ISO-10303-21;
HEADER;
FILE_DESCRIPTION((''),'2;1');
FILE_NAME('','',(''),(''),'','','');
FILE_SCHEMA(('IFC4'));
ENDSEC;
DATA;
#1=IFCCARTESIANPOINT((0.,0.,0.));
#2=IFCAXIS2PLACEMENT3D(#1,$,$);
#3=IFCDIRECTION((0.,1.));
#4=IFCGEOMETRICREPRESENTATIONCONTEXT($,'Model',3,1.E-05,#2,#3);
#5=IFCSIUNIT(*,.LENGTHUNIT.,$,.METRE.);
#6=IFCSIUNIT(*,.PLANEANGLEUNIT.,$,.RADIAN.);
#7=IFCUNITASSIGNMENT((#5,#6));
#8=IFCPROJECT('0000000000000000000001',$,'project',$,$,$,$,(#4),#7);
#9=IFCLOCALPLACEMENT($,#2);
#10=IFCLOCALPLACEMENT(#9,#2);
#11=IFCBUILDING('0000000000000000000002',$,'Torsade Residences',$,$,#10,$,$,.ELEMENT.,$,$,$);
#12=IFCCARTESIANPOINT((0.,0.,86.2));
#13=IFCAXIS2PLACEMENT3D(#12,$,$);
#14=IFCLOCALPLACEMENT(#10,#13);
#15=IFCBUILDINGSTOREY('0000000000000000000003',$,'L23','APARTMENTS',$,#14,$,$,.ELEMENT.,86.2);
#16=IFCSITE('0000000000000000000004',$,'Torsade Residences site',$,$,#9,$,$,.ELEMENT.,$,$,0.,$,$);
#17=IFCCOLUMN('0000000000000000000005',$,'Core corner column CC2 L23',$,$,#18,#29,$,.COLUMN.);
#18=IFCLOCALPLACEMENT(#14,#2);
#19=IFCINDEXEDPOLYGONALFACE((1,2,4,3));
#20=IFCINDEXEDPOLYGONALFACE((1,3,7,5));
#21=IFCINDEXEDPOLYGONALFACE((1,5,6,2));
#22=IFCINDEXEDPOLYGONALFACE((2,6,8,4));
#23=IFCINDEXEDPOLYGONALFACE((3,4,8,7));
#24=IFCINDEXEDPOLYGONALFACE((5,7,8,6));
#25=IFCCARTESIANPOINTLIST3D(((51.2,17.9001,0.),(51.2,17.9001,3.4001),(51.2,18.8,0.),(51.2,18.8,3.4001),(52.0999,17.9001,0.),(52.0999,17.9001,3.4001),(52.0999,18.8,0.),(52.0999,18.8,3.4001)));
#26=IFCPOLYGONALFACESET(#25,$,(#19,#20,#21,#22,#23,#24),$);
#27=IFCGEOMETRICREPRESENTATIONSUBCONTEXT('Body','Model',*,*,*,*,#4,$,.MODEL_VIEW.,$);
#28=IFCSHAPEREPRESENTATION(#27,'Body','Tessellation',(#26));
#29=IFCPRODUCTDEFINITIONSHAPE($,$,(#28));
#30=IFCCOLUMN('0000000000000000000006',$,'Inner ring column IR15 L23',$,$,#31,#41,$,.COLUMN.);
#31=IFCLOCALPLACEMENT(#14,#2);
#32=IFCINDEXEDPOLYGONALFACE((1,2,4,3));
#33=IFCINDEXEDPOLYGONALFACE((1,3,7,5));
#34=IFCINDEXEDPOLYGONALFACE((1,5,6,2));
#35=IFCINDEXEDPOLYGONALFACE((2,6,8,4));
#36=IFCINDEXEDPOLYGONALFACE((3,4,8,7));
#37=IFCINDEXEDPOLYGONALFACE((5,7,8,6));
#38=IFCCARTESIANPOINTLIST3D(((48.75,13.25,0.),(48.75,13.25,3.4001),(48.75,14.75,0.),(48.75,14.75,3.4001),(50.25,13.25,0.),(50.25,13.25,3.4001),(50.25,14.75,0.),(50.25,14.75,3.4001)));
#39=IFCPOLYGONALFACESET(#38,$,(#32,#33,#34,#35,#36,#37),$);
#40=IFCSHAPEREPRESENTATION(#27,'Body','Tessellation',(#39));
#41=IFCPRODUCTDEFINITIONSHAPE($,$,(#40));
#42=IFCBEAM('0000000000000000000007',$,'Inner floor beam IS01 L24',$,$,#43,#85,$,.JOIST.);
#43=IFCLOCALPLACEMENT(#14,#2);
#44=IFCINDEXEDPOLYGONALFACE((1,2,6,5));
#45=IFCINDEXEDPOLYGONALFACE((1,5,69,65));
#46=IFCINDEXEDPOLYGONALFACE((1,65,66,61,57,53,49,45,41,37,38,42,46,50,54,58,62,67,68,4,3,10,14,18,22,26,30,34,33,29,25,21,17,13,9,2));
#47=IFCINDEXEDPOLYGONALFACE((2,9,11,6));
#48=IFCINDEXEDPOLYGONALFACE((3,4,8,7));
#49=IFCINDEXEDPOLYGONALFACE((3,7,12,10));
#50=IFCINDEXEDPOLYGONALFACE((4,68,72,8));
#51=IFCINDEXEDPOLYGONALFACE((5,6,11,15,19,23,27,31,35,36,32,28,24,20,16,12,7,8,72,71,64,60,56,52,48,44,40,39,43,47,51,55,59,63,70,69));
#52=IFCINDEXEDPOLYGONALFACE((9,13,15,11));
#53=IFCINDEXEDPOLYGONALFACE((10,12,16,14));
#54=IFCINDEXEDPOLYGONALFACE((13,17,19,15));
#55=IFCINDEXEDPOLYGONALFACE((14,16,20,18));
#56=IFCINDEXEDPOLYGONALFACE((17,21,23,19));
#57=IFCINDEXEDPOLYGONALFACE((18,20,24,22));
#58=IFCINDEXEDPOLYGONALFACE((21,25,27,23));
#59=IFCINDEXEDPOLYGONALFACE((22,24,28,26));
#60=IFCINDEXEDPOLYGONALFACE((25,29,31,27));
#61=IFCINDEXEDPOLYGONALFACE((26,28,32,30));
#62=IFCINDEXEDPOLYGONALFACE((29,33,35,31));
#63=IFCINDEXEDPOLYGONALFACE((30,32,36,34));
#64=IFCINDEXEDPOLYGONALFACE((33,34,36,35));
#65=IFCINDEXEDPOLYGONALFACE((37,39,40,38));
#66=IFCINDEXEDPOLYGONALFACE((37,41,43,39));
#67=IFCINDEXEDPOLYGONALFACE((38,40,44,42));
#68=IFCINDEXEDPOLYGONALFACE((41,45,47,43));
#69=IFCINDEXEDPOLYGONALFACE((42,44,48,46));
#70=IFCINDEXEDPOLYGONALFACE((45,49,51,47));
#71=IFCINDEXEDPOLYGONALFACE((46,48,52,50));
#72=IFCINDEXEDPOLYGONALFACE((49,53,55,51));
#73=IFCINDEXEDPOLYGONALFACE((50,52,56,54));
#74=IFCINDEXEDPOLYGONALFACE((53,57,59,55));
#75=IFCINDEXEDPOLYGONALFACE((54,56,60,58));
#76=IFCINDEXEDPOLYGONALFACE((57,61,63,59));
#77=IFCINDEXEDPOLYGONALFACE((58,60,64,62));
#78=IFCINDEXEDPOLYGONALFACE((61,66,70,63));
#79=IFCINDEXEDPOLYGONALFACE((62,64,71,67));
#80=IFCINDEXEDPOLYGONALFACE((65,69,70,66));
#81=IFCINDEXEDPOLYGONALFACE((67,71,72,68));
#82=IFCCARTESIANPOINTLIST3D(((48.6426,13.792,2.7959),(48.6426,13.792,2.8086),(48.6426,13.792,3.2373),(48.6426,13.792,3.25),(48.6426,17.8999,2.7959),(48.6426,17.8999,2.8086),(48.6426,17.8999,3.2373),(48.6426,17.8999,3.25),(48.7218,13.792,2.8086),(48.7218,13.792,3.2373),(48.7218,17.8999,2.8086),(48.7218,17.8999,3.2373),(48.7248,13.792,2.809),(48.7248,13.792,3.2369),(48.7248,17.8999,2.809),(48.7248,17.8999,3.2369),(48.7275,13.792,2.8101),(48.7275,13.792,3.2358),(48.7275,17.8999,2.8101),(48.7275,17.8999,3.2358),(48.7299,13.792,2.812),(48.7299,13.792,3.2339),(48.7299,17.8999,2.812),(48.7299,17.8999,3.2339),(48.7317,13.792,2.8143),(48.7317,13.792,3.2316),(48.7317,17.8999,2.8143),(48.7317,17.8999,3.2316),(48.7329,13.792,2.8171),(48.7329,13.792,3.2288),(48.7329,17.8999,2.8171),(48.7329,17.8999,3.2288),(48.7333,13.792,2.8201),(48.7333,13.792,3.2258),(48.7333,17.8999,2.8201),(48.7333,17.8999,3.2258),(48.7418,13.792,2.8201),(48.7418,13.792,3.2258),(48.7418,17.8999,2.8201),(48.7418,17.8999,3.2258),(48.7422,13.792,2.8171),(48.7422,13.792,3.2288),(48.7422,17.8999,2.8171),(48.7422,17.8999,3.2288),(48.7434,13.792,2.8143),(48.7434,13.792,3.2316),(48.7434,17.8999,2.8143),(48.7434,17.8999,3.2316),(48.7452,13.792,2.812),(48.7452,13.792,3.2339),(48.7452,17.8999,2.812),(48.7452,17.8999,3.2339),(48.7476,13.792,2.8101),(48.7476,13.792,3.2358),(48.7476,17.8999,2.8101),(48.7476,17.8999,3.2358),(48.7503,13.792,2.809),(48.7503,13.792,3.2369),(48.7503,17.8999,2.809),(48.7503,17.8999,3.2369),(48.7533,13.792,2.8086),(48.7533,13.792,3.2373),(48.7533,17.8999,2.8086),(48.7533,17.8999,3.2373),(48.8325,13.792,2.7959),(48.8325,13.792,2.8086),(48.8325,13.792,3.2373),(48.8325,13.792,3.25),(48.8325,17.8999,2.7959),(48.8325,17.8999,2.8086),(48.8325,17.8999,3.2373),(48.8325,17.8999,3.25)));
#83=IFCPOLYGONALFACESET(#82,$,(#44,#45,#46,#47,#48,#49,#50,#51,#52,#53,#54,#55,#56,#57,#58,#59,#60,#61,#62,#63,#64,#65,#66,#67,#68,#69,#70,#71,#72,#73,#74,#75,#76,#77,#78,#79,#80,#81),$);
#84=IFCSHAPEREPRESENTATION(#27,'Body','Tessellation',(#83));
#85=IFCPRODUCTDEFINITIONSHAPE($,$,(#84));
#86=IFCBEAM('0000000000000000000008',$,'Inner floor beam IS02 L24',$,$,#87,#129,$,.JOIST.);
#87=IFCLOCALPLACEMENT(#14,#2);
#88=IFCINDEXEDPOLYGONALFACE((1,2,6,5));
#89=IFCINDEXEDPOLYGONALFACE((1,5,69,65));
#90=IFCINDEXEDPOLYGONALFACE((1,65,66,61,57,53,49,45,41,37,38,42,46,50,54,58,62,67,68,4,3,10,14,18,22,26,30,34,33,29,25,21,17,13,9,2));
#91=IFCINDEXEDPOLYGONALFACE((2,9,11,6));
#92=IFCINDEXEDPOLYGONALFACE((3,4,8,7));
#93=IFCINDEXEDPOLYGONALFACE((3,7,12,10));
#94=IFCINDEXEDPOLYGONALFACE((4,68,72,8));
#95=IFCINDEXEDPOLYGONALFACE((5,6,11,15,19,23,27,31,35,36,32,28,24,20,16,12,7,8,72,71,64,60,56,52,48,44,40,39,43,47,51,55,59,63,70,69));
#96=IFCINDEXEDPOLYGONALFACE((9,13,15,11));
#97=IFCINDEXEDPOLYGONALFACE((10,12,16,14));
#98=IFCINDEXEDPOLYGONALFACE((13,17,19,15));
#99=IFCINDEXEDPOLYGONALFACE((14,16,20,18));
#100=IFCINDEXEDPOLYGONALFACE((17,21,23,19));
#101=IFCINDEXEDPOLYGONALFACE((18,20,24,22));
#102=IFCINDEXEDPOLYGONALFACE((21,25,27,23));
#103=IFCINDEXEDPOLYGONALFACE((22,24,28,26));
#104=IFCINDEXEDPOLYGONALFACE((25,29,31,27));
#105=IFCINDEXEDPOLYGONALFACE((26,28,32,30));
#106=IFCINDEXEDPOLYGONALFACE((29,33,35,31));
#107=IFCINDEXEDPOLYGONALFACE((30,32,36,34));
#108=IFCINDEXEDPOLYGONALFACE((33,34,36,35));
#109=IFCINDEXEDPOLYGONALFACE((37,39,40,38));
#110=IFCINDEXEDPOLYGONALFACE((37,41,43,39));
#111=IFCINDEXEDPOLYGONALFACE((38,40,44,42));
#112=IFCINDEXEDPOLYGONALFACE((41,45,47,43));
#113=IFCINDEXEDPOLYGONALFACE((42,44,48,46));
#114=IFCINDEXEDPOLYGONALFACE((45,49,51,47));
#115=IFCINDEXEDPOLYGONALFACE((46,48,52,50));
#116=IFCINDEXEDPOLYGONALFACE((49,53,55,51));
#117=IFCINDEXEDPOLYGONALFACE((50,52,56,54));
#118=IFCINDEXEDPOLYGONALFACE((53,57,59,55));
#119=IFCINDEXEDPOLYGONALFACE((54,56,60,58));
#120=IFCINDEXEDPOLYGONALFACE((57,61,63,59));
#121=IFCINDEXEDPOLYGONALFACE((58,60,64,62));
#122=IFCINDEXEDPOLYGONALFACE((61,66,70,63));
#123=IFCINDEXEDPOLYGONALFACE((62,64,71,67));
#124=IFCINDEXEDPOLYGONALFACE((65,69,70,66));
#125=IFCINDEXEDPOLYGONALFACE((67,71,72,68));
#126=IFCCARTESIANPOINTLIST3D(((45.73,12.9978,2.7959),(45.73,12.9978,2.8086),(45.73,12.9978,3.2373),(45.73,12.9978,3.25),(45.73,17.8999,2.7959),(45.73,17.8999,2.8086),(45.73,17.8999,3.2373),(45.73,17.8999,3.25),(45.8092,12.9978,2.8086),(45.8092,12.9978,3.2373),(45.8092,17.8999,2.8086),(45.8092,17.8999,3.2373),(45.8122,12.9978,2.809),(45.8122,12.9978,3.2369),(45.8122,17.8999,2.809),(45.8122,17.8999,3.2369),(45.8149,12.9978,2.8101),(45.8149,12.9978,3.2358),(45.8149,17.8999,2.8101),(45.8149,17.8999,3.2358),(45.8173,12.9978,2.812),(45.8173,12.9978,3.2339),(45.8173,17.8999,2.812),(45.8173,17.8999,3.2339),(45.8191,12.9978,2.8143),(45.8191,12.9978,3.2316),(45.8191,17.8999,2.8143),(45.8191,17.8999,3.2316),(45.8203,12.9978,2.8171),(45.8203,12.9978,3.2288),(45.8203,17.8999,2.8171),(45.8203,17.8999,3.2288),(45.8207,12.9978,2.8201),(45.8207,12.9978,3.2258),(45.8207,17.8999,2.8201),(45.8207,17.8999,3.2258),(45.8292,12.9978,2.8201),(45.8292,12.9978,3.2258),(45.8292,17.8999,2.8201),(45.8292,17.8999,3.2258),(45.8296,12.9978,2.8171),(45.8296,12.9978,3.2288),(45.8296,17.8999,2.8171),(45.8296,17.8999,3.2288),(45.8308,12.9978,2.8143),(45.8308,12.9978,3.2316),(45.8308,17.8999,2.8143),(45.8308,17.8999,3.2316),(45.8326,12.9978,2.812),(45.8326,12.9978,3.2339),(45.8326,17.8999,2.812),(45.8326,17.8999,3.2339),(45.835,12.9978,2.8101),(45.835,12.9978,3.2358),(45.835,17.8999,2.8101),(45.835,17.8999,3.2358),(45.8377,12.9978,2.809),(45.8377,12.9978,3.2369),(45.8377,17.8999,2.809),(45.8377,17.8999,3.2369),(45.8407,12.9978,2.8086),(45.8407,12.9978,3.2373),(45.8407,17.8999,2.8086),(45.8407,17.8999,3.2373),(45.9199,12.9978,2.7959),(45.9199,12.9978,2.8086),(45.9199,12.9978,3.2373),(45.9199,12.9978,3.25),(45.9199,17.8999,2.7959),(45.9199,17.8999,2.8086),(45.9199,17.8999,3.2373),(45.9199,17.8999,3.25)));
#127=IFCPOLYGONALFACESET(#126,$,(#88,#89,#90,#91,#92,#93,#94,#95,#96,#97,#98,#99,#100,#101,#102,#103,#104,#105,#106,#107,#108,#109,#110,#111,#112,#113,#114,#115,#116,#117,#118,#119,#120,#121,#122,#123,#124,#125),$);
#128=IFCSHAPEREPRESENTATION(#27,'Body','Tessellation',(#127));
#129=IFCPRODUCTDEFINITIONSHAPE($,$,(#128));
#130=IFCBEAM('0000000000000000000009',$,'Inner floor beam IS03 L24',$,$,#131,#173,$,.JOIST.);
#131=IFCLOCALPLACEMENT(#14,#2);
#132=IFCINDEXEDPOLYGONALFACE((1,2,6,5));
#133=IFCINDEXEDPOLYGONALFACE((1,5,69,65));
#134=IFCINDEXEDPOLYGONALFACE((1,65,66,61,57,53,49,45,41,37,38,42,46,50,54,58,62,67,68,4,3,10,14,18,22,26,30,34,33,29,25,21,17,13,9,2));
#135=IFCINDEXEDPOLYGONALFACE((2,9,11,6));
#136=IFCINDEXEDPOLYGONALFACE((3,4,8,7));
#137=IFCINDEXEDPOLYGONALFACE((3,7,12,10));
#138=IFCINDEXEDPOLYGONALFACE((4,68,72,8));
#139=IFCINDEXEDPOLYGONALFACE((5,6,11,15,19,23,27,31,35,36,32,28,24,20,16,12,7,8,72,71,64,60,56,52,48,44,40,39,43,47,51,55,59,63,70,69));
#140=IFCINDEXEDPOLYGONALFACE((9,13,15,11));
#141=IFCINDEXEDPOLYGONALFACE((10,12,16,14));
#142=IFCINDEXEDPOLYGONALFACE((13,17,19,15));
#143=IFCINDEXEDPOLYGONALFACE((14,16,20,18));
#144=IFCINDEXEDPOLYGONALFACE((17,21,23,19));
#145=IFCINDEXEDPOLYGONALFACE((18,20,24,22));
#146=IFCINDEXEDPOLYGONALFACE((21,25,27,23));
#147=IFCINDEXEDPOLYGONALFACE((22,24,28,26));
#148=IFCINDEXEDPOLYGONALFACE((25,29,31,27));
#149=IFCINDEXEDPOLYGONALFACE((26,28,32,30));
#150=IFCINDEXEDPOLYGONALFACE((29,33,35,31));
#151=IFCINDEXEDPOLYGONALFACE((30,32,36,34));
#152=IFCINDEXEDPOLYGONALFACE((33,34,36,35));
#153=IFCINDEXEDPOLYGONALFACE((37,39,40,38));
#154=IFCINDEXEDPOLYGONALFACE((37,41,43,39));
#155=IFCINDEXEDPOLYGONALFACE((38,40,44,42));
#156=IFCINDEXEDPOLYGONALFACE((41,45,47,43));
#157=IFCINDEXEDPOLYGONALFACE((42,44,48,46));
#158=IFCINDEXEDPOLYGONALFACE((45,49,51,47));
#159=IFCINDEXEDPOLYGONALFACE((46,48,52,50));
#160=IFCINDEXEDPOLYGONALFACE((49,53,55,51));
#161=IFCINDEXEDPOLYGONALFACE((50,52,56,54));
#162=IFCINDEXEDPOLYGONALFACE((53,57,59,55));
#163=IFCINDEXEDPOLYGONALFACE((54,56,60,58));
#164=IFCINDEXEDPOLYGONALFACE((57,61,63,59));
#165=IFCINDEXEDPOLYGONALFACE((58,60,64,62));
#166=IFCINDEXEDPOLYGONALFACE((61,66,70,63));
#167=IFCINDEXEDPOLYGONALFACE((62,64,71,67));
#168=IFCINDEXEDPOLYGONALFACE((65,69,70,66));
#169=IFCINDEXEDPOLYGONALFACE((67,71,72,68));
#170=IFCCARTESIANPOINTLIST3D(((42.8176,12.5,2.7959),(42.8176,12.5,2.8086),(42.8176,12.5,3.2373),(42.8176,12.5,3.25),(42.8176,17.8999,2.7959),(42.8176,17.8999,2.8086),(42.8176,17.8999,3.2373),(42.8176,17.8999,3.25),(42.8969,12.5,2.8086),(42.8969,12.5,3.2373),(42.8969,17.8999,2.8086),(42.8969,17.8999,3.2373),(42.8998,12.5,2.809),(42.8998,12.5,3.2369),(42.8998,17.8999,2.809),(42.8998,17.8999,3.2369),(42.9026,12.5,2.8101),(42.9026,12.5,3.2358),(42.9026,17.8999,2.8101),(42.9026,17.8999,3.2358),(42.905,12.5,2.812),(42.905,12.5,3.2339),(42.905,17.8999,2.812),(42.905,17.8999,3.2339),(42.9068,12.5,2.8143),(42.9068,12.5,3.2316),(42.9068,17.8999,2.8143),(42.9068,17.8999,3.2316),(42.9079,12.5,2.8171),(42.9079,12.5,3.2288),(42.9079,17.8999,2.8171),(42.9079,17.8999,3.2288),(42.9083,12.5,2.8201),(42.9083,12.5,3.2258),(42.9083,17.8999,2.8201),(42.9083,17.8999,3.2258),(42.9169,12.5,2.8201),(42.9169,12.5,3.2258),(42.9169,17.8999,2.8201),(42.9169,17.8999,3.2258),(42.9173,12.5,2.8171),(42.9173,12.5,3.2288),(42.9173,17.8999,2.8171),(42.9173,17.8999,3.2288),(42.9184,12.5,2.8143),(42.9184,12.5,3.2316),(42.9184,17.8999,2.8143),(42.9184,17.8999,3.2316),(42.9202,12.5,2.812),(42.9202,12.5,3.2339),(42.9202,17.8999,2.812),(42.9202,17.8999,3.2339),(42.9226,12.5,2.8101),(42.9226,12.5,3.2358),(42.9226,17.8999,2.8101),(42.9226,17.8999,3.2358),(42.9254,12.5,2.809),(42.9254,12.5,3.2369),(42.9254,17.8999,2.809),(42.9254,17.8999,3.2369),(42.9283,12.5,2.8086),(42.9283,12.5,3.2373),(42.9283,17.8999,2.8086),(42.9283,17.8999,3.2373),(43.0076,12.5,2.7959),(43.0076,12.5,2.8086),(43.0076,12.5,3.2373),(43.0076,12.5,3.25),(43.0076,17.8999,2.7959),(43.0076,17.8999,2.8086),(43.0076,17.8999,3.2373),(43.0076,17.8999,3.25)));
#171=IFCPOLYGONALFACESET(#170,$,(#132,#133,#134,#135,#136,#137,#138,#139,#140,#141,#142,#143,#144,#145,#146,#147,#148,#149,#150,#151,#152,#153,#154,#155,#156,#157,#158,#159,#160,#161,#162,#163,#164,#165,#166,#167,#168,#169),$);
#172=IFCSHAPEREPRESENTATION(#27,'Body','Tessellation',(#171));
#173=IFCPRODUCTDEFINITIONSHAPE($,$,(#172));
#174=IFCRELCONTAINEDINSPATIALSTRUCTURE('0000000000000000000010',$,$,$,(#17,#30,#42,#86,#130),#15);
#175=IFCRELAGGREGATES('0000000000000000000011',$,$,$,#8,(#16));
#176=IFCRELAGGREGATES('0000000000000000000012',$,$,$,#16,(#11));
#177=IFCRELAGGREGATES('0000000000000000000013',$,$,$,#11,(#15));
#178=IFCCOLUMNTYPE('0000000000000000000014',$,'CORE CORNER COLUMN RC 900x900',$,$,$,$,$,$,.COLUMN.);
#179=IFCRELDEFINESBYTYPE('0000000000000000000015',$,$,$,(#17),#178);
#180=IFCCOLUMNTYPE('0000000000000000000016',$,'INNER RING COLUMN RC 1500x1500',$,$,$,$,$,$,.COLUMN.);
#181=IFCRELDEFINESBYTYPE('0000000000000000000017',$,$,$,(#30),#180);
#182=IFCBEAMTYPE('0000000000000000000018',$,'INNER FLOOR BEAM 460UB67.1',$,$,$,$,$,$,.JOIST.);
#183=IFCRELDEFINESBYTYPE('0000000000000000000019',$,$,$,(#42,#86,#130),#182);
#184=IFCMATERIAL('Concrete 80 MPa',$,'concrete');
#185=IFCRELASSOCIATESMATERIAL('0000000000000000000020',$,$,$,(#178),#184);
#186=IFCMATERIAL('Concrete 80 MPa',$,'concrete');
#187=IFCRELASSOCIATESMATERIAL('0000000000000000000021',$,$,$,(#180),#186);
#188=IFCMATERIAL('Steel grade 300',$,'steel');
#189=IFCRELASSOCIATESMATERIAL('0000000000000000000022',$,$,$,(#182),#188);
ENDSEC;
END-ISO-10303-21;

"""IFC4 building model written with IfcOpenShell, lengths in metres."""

from ifc_helpers import new_model, si_unit, direction, frame, origin, origin_2d, place, context, subcontext, project, spatial, rectangle, i_section, extrude, material, material_profile, profile_set, type_object, element, save


model = new_model("IFC4")

# Units and contexts
model_context = context("Model", 3, precision=1e-05, world=origin(), true_north=direction((0.0, 1.0)))
body_context = subcontext(model_context, "Body", "Model", "MODEL_VIEW")
ifc_project = project(units=[si_unit("LENGTHUNIT", "METRE"), si_unit("PLANEANGLEUNIT", "RADIAN")], contexts=[model_context])

# Site, building, storey
site_placement = place(None, origin())
site = spatial("IfcSite", under=ifc_project, at=site_placement, Name="Torsade Residences site", CompositionType="ELEMENT", RefElevation=0.0)
building_placement = place(site_placement, origin())
building = spatial("IfcBuilding", under=site, at=building_placement, Name="Torsade Residences", CompositionType="ELEMENT")
storey_placement = place(building_placement, frame((0.0, 0.0, 86.2)))
storey = spatial("IfcBuildingStorey", under=building, at=storey_placement, Name="L23", Description="APARTMENTS", CompositionType="ELEMENT", Elevation=86.2)

# Columns
ifc_material_1 = material(Name="Concrete 80 MPa", Category="concrete")
ifc_material_profile_1 = material_profile(ifc_material_1, rectangle(XDim=0.8999, YDim=0.8999, at=origin_2d()), Name="RC 900x900")
ifc_profile_set_1 = profile_set([ifc_material_profile_1], Name="Concrete 80 MPa")
column_type_1 = type_object("IfcColumnType", Name="CORE CORNER COLUMN RC 900x900", PredefinedType="COLUMN", material=ifc_profile_set_1)
column_1_placement = place(storey_placement, frame((51.6499, 18.3501, 0.0), z_axis=(0.0, 0.0, 1.0), x_axis=(1.0, 0.0, 0.0)))
element("IfcColumn", 1, at=column_1_placement, inside=storey, type_object=column_type_1, Name="Core corner column CC2 L23", PredefinedType="COLUMN", context=body_context, shape_type="SweptSolid", body=[
    extrude(rectangle(XDim=0.8999, YDim=0.8999, at=origin_2d()), origin(), (0.0, 0.0, 1.0), 3.4001),
])
ifc_material_2 = material(Name="Concrete 80 MPa", Category="concrete")
ifc_material_profile_2 = material_profile(ifc_material_2, rectangle(XDim=1.5, YDim=1.5, at=origin_2d()), Name="RC 1500x1500")
ifc_profile_set_2 = profile_set([ifc_material_profile_2], Name="Concrete 80 MPa")
column_type_2 = type_object("IfcColumnType", Name="INNER RING COLUMN RC 1500x1500", PredefinedType="COLUMN", material=ifc_profile_set_2)
column_2_placement = place(storey_placement, frame((49.5, 14.0, 0.0), z_axis=(0.0, 0.0, 1.0), x_axis=(1.0, 0.0, 0.0)))
element("IfcColumn", 2, at=column_2_placement, inside=storey, type_object=column_type_2, Name="Inner ring column IR15 L23", PredefinedType="COLUMN", context=body_context, shape_type="SweptSolid", body=[
    extrude(rectangle(XDim=1.5, YDim=1.5, at=origin_2d()), origin(), (0.0, 0.0, 1.0), 3.4001),
])

# Beams
ifc_material_3 = material(Name="Steel grade 300", Category="steel")
ifc_material_profile_3 = material_profile(ifc_material_3, i_section(OverallWidth=0.1899, OverallDepth=0.4541, WebThickness=0.0085, FlangeThickness=0.0127, FilletRadius=0.0115, at=origin_2d()), Name="460UB67.1")
ifc_profile_set_3 = profile_set([ifc_material_profile_3], Name="Steel grade 300")
beam_type_1 = type_object("IfcBeamType", Name="INNER FLOOR BEAM 460UB67.1", PredefinedType="JOIST", material=ifc_profile_set_3)
beam_1_placement = place(storey_placement, frame((48.7375, 17.8999, 3.0229), z_axis=(0.0, -1.0, 0.0), x_axis=(1.0, 0.0, 0.0)))
element("IfcBeam", 3, at=beam_1_placement, inside=storey, type_object=beam_type_1, Name="Inner floor beam IS01 L24", PredefinedType="JOIST", context=body_context, shape_type="SweptSolid", body=[
    extrude(i_section(OverallWidth=0.1899, OverallDepth=0.4541, WebThickness=0.0085, FlangeThickness=0.0127, FilletRadius=0.0115, at=origin_2d()), origin(), (0.0, 0.0, 1.0), 4.1079),
])
beam_2_placement = place(storey_placement, frame((45.825, 17.8999, 3.0229), z_axis=(0.0, -1.0, 0.0), x_axis=(1.0, 0.0, 0.0)))
element("IfcBeam", 4, at=beam_2_placement, inside=storey, type_object=beam_type_1, Name="Inner floor beam IS02 L24", PredefinedType="JOIST", context=body_context, shape_type="SweptSolid", body=[
    extrude(i_section(OverallWidth=0.1899, OverallDepth=0.4541, WebThickness=0.0085, FlangeThickness=0.0127, FilletRadius=0.0115, at=origin_2d()), origin(), (0.0, 0.0, 1.0), 4.9021),
])
for number, where, z_axis, x_axis, name in (
    (5, (42.9126, 17.8999, 3.0229), (0.0, -1.0, 0.0), (1.0, 0.0, 0.0), "Inner floor beam IS03 L24"),
):
    element("IfcBeam", number, at=place(storey_placement, frame(where, z_axis=z_axis, x_axis=x_axis)), inside=storey, type_object=beam_type_1, Name=name, PredefinedType="JOIST", context=body_context, shape_type="SweptSolid", body=[
        extrude(i_section(OverallWidth=0.1899, OverallDepth=0.4541, WebThickness=0.0085, FlangeThickness=0.0127, FilletRadius=0.0115, at=origin_2d()), origin(), (0.0, 0.0, 1.0), 5.3999),
    ])

save(model, "model.ifc")
